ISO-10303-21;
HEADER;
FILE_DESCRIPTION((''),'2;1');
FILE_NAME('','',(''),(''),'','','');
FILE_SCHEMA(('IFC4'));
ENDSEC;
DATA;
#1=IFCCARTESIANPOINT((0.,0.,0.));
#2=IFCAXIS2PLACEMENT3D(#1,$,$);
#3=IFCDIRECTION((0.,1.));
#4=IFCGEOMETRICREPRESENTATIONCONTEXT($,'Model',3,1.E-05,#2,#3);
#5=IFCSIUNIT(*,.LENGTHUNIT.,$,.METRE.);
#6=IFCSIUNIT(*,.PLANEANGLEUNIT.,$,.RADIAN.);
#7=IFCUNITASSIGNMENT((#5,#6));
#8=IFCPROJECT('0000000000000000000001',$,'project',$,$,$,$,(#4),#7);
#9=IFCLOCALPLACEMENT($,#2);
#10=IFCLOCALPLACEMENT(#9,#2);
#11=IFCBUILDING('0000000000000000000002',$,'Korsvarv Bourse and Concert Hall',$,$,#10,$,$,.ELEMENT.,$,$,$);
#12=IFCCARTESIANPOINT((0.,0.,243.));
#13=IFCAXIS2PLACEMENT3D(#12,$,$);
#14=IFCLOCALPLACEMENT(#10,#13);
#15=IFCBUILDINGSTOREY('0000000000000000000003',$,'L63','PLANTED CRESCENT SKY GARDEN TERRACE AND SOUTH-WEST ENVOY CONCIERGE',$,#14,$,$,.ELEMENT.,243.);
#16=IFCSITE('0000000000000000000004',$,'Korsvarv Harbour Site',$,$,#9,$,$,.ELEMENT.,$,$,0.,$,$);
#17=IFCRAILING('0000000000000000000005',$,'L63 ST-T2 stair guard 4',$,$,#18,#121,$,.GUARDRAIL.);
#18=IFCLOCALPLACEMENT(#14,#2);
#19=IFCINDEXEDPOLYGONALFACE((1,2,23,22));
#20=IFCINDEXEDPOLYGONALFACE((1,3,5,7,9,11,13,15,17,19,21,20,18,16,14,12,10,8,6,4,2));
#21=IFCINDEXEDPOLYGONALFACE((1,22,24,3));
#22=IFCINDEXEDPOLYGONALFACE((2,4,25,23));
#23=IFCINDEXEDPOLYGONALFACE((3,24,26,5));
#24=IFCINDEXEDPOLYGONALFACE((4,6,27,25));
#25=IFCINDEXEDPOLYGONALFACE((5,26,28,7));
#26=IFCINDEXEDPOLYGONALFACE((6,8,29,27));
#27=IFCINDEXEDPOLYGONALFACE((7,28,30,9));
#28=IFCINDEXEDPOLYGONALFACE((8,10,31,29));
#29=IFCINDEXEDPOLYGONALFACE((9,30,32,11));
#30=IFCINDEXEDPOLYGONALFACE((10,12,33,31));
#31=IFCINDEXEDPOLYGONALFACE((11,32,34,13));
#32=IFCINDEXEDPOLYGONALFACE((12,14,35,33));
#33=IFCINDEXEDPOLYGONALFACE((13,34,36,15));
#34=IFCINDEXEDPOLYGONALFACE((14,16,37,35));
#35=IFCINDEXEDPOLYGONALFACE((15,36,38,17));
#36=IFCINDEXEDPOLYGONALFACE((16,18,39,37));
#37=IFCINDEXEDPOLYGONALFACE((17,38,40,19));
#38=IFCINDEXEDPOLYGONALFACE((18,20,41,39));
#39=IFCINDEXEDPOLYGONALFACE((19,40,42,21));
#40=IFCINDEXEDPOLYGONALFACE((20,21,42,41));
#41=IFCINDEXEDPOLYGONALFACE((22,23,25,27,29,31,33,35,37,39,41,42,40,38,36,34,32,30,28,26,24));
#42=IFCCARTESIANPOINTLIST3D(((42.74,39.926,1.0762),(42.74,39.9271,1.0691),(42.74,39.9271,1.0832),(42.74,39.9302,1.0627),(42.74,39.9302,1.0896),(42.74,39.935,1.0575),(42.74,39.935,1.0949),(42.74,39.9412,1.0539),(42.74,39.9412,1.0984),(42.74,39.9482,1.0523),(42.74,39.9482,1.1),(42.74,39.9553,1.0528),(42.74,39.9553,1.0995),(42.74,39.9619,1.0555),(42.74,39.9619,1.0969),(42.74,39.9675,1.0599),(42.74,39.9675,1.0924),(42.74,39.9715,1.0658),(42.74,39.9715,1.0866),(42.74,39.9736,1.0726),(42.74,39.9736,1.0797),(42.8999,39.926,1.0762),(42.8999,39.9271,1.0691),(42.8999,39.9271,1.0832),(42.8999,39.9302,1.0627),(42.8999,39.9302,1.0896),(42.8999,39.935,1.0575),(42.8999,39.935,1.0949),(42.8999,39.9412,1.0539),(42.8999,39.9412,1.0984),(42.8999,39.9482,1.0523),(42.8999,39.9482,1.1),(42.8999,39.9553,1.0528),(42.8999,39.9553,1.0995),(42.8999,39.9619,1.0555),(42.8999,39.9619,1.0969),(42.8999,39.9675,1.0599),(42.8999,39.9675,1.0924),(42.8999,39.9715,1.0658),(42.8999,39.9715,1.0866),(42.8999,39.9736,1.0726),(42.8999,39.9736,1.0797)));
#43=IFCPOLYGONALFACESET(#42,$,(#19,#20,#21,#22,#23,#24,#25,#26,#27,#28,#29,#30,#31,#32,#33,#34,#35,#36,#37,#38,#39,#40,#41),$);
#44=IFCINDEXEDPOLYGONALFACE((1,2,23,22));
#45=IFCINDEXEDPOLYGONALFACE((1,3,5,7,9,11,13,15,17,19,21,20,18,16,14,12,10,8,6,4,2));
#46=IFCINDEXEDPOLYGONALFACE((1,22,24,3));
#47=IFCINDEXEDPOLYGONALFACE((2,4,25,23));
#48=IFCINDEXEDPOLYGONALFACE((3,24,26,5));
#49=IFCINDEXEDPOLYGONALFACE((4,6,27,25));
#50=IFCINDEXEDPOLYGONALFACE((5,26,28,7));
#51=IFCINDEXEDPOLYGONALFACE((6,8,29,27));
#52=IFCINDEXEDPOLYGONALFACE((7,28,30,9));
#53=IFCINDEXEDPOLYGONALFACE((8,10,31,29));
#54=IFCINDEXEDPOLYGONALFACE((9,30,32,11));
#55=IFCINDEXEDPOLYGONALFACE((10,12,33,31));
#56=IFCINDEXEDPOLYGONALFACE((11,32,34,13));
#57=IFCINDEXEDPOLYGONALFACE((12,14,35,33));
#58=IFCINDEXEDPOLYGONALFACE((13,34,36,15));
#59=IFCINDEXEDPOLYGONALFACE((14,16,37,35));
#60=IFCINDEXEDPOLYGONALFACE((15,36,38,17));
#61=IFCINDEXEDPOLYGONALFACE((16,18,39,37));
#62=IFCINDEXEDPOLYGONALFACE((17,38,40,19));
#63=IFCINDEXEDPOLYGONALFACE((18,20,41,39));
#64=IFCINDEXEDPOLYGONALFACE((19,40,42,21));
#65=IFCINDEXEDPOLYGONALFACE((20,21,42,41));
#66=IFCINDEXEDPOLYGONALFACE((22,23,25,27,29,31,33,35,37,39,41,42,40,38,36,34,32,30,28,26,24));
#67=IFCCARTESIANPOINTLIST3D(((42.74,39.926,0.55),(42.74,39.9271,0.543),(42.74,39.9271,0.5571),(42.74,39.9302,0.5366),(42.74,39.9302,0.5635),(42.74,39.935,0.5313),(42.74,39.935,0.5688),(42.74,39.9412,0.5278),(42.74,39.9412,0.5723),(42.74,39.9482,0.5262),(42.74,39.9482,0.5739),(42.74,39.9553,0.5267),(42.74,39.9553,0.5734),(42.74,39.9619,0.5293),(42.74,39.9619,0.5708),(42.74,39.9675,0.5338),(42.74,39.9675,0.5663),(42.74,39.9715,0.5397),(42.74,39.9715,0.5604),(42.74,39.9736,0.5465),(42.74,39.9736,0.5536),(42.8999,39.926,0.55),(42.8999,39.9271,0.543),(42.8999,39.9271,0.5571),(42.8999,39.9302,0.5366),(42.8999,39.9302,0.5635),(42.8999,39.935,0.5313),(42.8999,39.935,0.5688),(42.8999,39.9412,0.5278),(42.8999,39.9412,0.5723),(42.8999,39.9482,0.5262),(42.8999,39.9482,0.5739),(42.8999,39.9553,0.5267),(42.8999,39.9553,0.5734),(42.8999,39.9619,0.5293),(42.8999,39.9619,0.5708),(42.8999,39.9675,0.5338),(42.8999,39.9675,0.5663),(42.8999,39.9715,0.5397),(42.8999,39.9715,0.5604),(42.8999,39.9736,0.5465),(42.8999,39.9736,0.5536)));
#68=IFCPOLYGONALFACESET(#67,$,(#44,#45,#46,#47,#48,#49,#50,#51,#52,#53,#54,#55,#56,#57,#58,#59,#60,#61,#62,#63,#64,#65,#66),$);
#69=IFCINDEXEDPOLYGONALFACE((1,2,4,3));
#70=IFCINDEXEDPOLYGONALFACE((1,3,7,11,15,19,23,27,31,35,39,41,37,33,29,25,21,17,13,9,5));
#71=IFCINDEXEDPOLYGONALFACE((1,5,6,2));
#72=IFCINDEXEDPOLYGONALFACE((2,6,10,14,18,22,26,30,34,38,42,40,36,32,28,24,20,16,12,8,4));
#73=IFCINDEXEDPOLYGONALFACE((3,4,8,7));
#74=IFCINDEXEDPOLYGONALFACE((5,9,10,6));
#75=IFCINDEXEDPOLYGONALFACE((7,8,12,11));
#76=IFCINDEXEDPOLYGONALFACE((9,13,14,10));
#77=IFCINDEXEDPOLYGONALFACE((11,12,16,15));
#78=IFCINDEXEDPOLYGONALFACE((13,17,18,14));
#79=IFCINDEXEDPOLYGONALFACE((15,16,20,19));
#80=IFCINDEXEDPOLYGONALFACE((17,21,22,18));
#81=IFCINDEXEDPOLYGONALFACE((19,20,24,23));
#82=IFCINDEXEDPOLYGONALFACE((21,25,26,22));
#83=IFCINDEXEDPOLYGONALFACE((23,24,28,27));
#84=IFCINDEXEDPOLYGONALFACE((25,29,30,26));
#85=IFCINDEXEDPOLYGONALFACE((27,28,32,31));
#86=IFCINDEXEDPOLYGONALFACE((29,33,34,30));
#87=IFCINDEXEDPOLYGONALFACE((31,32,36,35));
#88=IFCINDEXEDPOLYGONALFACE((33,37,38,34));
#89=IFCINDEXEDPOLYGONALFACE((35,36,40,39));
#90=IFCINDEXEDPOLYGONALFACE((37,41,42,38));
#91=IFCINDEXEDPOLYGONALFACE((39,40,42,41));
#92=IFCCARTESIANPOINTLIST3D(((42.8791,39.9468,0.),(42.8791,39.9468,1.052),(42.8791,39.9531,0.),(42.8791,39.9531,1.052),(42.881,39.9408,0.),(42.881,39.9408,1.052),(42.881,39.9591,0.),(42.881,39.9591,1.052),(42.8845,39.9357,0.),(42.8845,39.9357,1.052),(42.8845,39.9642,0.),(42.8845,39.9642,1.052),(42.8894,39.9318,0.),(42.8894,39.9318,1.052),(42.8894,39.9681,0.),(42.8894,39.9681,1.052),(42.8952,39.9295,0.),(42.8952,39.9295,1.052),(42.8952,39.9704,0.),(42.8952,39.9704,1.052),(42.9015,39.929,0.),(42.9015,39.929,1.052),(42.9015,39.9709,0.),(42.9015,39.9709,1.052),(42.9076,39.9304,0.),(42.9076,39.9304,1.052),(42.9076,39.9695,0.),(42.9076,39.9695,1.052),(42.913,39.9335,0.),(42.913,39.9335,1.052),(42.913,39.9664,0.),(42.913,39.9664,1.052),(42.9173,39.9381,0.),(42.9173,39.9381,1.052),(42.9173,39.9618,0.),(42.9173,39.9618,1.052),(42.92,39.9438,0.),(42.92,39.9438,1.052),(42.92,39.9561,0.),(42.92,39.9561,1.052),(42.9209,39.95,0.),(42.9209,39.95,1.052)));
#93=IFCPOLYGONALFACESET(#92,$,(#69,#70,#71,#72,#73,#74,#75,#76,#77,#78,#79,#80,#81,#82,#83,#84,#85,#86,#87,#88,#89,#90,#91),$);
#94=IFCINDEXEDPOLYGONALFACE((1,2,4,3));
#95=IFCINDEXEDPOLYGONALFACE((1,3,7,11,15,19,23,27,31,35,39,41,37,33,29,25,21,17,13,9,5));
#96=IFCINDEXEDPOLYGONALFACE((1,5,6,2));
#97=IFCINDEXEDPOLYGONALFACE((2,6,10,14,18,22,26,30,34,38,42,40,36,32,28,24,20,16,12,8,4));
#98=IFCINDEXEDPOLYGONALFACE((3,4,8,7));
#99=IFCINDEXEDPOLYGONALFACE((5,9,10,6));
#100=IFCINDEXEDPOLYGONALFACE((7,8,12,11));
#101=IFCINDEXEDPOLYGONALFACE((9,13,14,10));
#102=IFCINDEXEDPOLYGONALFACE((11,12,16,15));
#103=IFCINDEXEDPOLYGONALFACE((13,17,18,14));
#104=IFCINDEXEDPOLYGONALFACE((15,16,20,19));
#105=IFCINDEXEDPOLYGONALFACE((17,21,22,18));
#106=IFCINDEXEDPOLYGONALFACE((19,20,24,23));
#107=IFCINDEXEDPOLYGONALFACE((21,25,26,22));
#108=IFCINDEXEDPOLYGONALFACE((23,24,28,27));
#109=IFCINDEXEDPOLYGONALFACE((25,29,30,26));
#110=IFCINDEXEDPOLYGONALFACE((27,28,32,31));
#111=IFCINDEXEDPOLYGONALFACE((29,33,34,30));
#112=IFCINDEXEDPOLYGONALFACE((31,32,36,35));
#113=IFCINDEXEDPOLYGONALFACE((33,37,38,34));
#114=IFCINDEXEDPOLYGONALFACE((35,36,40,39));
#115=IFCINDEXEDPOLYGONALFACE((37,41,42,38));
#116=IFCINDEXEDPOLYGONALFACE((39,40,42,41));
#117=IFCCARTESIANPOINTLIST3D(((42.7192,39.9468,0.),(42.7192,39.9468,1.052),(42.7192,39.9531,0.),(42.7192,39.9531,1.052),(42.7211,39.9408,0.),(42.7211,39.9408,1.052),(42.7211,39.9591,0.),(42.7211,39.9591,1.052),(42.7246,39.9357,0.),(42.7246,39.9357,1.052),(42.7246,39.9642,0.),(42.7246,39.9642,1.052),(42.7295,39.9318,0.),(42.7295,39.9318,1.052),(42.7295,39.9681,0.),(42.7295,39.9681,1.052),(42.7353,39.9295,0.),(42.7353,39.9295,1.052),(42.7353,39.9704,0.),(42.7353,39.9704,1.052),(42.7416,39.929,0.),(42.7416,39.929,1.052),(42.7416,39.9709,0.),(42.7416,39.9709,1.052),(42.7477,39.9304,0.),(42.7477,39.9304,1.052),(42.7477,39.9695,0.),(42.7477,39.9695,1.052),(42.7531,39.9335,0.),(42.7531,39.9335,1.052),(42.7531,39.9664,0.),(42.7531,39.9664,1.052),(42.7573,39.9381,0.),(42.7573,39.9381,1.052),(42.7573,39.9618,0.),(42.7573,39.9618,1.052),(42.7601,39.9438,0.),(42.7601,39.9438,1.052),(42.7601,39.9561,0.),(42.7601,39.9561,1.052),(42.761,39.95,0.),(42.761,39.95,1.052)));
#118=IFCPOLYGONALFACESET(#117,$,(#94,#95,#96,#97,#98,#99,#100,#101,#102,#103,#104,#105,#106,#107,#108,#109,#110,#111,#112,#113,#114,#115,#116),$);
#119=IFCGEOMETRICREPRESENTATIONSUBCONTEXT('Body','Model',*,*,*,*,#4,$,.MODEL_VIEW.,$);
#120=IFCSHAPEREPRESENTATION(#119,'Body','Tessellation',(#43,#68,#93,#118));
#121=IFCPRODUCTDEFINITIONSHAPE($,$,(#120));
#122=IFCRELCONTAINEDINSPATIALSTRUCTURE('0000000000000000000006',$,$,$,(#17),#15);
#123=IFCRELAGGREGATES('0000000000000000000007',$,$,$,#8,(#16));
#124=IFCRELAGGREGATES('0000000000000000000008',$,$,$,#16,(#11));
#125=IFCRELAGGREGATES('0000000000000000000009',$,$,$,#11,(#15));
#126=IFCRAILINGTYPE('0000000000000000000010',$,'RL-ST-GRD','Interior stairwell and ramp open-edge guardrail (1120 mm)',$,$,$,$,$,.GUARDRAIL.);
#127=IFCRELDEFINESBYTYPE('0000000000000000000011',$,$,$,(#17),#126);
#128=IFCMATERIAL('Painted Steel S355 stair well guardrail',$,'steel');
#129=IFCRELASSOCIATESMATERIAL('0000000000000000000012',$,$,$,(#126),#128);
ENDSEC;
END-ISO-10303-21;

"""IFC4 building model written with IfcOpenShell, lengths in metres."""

from ifc_helpers import new_model, si_unit, direction, frame, origin, origin_2d, place, context, subcontext, project, spatial, circle, extrude, material, type_object, element, save


model = new_model("IFC4")

# Units and contexts
model_context = context("Model", 3, precision=1e-05, world=origin(), true_north=direction((0.0, 1.0)))
body_context = subcontext(model_context, "Body", "Model", "MODEL_VIEW")
ifc_project = project(units=[si_unit("LENGTHUNIT", "METRE"), si_unit("PLANEANGLEUNIT", "RADIAN")], contexts=[model_context])

# Site, building, storey
site_placement = place(None, origin())
site = spatial("IfcSite", under=ifc_project, at=site_placement, Name="Korsvarv Harbour Site", CompositionType="ELEMENT", RefElevation=0.0)
building_placement = place(site_placement, origin())
building = spatial("IfcBuilding", under=site, at=building_placement, Name="Korsvarv Bourse and Concert Hall", CompositionType="ELEMENT")
storey_placement = place(building_placement, frame((0.0, 0.0, 243.0)))
storey = spatial("IfcBuildingStorey", under=building, at=storey_placement, Name="L63", Description="PLANTED CRESCENT SKY GARDEN TERRACE AND SOUTH-WEST ENVOY CONCIERGE", CompositionType="ELEMENT", Elevation=243.0)

# Railing
ifc_material_1 = material(Name="Painted Steel S355 stair well guardrail", Category="steel")
railing_type_1 = type_object("IfcRailingType", Name="RL-ST-GRD", Description="Interior stairwell and ramp open-edge guardrail (1120 mm)", PredefinedType="GUARDRAIL", material=ifc_material_1)
railing_1_placement = place(storey_placement, frame((42.8999, 39.95, 0.0)))
element("IfcRailing", 1, at=railing_1_placement, inside=storey, type_object=railing_type_1, Name="L63 ST-T2 stair guard 4", PredefinedType="GUARDRAIL", context=body_context, shape_type="SweptSolid", body=[
    extrude(circle(Radius=0.0239, at=origin_2d()), frame((0.0, 0.0, 1.0762), z_axis=(-1.0, 0.0, 0.0), x_axis=(0.0, -1.0, 0.0)), (0.0, 0.0, 1.0), 0.1599),
    extrude(circle(Radius=0.0239, at=origin_2d()), frame((0.0, 0.0, 0.55), z_axis=(-1.0, 0.0, 0.0), x_axis=(0.0, -1.0, 0.0)), (0.0, 0.0, 1.0), 0.1599),
    extrude(circle(Radius=0.021, at=origin_2d()), origin(), (0.0, 0.0, 1.0), 1.052),
    extrude(circle(Radius=0.021, at=origin_2d()), frame((-0.1599, 0.0, 0.0)), (0.0, 0.0, 1.0), 1.052),
])

save(model, "model.ifc")
